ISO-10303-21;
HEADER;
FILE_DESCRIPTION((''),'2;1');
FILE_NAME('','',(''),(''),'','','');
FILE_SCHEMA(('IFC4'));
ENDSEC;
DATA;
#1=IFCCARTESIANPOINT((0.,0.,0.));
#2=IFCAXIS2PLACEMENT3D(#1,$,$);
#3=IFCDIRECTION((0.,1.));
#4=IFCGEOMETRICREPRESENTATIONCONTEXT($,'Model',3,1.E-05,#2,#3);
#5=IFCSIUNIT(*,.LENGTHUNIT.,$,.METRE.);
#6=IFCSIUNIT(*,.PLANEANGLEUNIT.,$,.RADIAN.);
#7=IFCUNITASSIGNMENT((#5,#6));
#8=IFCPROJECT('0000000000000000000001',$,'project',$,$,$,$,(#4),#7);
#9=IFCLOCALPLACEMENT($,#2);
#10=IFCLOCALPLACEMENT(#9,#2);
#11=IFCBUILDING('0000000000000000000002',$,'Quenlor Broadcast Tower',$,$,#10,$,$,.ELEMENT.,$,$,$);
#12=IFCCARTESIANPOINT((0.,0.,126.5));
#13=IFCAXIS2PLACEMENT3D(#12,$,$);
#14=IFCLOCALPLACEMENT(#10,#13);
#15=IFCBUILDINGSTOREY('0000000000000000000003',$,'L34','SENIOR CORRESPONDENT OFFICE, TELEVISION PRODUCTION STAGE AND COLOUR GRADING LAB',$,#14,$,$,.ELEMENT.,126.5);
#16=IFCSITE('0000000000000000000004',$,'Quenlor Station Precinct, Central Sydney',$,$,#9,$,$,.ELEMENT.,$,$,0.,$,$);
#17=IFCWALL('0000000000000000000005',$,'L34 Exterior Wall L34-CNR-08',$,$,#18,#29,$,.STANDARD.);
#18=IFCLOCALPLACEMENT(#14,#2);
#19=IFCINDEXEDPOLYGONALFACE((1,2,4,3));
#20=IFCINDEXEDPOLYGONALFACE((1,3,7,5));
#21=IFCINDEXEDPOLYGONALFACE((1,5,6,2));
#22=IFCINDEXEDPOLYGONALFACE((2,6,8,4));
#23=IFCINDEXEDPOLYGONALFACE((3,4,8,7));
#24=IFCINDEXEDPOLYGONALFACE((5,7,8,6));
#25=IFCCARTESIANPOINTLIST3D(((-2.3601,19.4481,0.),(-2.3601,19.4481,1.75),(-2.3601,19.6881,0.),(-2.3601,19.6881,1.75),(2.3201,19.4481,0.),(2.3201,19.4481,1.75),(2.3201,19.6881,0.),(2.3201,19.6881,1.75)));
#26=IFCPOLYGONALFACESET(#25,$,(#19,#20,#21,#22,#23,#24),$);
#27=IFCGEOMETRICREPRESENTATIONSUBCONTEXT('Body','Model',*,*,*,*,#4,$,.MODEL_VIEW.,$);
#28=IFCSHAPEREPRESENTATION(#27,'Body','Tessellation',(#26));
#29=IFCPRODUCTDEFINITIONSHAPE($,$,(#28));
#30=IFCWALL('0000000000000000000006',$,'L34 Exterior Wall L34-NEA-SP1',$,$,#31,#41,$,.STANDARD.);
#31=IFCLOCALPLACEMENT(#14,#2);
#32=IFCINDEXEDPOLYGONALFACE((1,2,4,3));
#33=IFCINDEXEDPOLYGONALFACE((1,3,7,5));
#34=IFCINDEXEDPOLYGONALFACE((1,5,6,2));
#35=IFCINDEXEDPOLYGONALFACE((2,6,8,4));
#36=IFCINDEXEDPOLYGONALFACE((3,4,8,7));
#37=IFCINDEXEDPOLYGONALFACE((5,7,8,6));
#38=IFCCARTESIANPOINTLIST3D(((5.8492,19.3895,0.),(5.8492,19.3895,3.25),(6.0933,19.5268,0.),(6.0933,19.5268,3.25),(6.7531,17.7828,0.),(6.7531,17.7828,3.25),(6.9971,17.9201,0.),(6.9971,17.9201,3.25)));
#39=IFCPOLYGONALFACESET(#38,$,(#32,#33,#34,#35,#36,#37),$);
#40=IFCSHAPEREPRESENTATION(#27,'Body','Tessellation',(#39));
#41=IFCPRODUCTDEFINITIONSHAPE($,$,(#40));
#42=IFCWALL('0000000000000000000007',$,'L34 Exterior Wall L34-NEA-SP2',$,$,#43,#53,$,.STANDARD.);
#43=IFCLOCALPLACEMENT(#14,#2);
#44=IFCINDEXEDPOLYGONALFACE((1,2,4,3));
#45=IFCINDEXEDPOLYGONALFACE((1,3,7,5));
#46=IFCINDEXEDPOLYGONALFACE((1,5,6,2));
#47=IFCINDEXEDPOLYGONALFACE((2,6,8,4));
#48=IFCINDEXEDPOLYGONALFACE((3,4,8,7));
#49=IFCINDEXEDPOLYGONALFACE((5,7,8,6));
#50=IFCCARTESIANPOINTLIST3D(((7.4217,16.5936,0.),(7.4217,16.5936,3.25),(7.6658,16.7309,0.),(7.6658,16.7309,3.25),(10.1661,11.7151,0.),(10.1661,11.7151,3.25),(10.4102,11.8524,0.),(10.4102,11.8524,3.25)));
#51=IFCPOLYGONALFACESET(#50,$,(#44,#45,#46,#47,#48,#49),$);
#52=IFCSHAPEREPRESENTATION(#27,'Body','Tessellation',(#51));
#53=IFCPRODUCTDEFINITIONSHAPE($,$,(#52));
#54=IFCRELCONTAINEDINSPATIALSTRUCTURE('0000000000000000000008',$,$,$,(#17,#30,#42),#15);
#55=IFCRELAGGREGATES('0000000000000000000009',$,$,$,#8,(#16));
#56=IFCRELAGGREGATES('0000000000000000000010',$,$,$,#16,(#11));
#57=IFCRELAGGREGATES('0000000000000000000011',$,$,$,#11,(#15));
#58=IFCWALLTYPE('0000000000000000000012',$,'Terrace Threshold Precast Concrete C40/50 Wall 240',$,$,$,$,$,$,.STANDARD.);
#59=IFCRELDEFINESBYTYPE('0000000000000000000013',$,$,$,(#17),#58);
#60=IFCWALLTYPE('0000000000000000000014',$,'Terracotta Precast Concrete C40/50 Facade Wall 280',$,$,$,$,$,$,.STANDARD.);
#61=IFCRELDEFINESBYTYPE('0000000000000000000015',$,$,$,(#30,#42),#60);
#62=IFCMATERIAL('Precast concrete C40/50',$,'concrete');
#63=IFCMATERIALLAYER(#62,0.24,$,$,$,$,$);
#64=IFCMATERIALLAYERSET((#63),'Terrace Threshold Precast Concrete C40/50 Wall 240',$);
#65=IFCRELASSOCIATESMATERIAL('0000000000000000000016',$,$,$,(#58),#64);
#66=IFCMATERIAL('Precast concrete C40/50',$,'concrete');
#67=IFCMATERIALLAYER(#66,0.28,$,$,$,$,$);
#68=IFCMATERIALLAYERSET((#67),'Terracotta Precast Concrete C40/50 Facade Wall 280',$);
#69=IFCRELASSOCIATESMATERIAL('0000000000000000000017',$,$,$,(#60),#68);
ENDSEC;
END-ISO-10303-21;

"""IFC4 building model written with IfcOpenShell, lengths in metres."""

from ifc_helpers import new_model, si_unit, direction, frame, frame_2d, origin, place, context, subcontext, project, spatial, rectangle, extrude, material, layer, layer_set, type_object, element, save


model = new_model("IFC4")

# Units and contexts
model_context = context("Model", 3, precision=1e-05, world=origin(), true_north=direction((0.0, 1.0)))
body_context = subcontext(model_context, "Body", "Model", "MODEL_VIEW")
ifc_project = project(units=[si_unit("LENGTHUNIT", "METRE"), si_unit("PLANEANGLEUNIT", "RADIAN")], contexts=[model_context])

# Site, building, storey
site_placement = place(None, origin())
site = spatial("IfcSite", under=ifc_project, at=site_placement, Name="Quenlor Station Precinct, Central Sydney", CompositionType="ELEMENT", RefElevation=0.0)
building_placement = place(site_placement, origin())
building = spatial("IfcBuilding", under=site, at=building_placement, Name="Quenlor Broadcast Tower", CompositionType="ELEMENT")
storey_placement = place(building_placement, frame((0.0, 0.0, 126.5)))
storey = spatial("IfcBuildingStorey", under=building, at=storey_placement, Name="L34", Description="SENIOR CORRESPONDENT OFFICE, TELEVISION PRODUCTION STAGE AND COLOUR GRADING LAB", CompositionType="ELEMENT", Elevation=126.5)

# Walls
ifc_material_1 = material(Name="Precast concrete C40/50", Category="concrete")
ifc_layer_1 = layer(ifc_material_1, 0.24)
ifc_layer_set_1 = layer_set([ifc_layer_1], Name="Terrace Threshold Precast Concrete C40/50 Wall 240")
wall_type_1 = type_object("IfcWallType", Name="Terrace Threshold Precast Concrete C40/50 Wall 240", PredefinedType="STANDARD", material=ifc_layer_set_1)
wall_1_placement = place(storey_placement, frame((2.3201, 19.5681, 0.0), z_axis=(0.0, 0.0, 1.0), x_axis=(-1.0, 0.0, 0.0)))
element("IfcWall", 1, at=wall_1_placement, inside=storey, type_object=wall_type_1, Name="L34 Exterior Wall L34-CNR-08", PredefinedType="STANDARD", context=body_context, shape_type="SweptSolid", body=[
    extrude(rectangle(XDim=4.6802, YDim=0.24, at=frame_2d((2.3401, 0.0))), origin(), (0.0, 0.0, 1.0), 1.75),
])
ifc_material_2 = material(Name="Precast concrete C40/50", Category="concrete")
ifc_layer_2 = layer(ifc_material_2, 0.28)
ifc_layer_set_2 = layer_set([ifc_layer_2], Name="Terracotta Precast Concrete C40/50 Facade Wall 280")
wall_type_2 = type_object("IfcWallType", Name="Terracotta Precast Concrete C40/50 Facade Wall 280", PredefinedType="STANDARD", material=ifc_layer_set_2)
wall_2_placement = place(storey_placement, frame((5.9712, 19.4583, 0.0), z_axis=(0.0, 0.0, 1.0), x_axis=(0.49028, -0.871565, 0.0)))
element("IfcWall", 2, at=wall_2_placement, inside=storey, type_object=wall_type_2, Name="L34 Exterior Wall L34-NEA-SP1", PredefinedType="STANDARD", context=body_context, shape_type="SweptSolid", body=[
    extrude(rectangle(XDim=1.8435, YDim=0.28, at=frame_2d((0.9219, 0.0))), origin(), (0.0, 0.0, 1.0), 3.25),
])
wall_3_placement = place(storey_placement, frame((7.5437, 16.6624, 0.0), z_axis=(0.0, 0.0, 1.0), x_axis=(0.490299, -0.871555, 0.0)))
element("IfcWall", 3, at=wall_3_placement, inside=storey, type_object=wall_type_2, Name="L34 Exterior Wall L34-NEA-SP2", PredefinedType="STANDARD", context=body_context, shape_type="SweptSolid", body=[
    extrude(rectangle(XDim=5.5974, YDim=0.28, at=frame_2d((2.7988, 0.0))), origin(), (0.0, 0.0, 1.0), 3.25),
])

save(model, "model.ifc")
